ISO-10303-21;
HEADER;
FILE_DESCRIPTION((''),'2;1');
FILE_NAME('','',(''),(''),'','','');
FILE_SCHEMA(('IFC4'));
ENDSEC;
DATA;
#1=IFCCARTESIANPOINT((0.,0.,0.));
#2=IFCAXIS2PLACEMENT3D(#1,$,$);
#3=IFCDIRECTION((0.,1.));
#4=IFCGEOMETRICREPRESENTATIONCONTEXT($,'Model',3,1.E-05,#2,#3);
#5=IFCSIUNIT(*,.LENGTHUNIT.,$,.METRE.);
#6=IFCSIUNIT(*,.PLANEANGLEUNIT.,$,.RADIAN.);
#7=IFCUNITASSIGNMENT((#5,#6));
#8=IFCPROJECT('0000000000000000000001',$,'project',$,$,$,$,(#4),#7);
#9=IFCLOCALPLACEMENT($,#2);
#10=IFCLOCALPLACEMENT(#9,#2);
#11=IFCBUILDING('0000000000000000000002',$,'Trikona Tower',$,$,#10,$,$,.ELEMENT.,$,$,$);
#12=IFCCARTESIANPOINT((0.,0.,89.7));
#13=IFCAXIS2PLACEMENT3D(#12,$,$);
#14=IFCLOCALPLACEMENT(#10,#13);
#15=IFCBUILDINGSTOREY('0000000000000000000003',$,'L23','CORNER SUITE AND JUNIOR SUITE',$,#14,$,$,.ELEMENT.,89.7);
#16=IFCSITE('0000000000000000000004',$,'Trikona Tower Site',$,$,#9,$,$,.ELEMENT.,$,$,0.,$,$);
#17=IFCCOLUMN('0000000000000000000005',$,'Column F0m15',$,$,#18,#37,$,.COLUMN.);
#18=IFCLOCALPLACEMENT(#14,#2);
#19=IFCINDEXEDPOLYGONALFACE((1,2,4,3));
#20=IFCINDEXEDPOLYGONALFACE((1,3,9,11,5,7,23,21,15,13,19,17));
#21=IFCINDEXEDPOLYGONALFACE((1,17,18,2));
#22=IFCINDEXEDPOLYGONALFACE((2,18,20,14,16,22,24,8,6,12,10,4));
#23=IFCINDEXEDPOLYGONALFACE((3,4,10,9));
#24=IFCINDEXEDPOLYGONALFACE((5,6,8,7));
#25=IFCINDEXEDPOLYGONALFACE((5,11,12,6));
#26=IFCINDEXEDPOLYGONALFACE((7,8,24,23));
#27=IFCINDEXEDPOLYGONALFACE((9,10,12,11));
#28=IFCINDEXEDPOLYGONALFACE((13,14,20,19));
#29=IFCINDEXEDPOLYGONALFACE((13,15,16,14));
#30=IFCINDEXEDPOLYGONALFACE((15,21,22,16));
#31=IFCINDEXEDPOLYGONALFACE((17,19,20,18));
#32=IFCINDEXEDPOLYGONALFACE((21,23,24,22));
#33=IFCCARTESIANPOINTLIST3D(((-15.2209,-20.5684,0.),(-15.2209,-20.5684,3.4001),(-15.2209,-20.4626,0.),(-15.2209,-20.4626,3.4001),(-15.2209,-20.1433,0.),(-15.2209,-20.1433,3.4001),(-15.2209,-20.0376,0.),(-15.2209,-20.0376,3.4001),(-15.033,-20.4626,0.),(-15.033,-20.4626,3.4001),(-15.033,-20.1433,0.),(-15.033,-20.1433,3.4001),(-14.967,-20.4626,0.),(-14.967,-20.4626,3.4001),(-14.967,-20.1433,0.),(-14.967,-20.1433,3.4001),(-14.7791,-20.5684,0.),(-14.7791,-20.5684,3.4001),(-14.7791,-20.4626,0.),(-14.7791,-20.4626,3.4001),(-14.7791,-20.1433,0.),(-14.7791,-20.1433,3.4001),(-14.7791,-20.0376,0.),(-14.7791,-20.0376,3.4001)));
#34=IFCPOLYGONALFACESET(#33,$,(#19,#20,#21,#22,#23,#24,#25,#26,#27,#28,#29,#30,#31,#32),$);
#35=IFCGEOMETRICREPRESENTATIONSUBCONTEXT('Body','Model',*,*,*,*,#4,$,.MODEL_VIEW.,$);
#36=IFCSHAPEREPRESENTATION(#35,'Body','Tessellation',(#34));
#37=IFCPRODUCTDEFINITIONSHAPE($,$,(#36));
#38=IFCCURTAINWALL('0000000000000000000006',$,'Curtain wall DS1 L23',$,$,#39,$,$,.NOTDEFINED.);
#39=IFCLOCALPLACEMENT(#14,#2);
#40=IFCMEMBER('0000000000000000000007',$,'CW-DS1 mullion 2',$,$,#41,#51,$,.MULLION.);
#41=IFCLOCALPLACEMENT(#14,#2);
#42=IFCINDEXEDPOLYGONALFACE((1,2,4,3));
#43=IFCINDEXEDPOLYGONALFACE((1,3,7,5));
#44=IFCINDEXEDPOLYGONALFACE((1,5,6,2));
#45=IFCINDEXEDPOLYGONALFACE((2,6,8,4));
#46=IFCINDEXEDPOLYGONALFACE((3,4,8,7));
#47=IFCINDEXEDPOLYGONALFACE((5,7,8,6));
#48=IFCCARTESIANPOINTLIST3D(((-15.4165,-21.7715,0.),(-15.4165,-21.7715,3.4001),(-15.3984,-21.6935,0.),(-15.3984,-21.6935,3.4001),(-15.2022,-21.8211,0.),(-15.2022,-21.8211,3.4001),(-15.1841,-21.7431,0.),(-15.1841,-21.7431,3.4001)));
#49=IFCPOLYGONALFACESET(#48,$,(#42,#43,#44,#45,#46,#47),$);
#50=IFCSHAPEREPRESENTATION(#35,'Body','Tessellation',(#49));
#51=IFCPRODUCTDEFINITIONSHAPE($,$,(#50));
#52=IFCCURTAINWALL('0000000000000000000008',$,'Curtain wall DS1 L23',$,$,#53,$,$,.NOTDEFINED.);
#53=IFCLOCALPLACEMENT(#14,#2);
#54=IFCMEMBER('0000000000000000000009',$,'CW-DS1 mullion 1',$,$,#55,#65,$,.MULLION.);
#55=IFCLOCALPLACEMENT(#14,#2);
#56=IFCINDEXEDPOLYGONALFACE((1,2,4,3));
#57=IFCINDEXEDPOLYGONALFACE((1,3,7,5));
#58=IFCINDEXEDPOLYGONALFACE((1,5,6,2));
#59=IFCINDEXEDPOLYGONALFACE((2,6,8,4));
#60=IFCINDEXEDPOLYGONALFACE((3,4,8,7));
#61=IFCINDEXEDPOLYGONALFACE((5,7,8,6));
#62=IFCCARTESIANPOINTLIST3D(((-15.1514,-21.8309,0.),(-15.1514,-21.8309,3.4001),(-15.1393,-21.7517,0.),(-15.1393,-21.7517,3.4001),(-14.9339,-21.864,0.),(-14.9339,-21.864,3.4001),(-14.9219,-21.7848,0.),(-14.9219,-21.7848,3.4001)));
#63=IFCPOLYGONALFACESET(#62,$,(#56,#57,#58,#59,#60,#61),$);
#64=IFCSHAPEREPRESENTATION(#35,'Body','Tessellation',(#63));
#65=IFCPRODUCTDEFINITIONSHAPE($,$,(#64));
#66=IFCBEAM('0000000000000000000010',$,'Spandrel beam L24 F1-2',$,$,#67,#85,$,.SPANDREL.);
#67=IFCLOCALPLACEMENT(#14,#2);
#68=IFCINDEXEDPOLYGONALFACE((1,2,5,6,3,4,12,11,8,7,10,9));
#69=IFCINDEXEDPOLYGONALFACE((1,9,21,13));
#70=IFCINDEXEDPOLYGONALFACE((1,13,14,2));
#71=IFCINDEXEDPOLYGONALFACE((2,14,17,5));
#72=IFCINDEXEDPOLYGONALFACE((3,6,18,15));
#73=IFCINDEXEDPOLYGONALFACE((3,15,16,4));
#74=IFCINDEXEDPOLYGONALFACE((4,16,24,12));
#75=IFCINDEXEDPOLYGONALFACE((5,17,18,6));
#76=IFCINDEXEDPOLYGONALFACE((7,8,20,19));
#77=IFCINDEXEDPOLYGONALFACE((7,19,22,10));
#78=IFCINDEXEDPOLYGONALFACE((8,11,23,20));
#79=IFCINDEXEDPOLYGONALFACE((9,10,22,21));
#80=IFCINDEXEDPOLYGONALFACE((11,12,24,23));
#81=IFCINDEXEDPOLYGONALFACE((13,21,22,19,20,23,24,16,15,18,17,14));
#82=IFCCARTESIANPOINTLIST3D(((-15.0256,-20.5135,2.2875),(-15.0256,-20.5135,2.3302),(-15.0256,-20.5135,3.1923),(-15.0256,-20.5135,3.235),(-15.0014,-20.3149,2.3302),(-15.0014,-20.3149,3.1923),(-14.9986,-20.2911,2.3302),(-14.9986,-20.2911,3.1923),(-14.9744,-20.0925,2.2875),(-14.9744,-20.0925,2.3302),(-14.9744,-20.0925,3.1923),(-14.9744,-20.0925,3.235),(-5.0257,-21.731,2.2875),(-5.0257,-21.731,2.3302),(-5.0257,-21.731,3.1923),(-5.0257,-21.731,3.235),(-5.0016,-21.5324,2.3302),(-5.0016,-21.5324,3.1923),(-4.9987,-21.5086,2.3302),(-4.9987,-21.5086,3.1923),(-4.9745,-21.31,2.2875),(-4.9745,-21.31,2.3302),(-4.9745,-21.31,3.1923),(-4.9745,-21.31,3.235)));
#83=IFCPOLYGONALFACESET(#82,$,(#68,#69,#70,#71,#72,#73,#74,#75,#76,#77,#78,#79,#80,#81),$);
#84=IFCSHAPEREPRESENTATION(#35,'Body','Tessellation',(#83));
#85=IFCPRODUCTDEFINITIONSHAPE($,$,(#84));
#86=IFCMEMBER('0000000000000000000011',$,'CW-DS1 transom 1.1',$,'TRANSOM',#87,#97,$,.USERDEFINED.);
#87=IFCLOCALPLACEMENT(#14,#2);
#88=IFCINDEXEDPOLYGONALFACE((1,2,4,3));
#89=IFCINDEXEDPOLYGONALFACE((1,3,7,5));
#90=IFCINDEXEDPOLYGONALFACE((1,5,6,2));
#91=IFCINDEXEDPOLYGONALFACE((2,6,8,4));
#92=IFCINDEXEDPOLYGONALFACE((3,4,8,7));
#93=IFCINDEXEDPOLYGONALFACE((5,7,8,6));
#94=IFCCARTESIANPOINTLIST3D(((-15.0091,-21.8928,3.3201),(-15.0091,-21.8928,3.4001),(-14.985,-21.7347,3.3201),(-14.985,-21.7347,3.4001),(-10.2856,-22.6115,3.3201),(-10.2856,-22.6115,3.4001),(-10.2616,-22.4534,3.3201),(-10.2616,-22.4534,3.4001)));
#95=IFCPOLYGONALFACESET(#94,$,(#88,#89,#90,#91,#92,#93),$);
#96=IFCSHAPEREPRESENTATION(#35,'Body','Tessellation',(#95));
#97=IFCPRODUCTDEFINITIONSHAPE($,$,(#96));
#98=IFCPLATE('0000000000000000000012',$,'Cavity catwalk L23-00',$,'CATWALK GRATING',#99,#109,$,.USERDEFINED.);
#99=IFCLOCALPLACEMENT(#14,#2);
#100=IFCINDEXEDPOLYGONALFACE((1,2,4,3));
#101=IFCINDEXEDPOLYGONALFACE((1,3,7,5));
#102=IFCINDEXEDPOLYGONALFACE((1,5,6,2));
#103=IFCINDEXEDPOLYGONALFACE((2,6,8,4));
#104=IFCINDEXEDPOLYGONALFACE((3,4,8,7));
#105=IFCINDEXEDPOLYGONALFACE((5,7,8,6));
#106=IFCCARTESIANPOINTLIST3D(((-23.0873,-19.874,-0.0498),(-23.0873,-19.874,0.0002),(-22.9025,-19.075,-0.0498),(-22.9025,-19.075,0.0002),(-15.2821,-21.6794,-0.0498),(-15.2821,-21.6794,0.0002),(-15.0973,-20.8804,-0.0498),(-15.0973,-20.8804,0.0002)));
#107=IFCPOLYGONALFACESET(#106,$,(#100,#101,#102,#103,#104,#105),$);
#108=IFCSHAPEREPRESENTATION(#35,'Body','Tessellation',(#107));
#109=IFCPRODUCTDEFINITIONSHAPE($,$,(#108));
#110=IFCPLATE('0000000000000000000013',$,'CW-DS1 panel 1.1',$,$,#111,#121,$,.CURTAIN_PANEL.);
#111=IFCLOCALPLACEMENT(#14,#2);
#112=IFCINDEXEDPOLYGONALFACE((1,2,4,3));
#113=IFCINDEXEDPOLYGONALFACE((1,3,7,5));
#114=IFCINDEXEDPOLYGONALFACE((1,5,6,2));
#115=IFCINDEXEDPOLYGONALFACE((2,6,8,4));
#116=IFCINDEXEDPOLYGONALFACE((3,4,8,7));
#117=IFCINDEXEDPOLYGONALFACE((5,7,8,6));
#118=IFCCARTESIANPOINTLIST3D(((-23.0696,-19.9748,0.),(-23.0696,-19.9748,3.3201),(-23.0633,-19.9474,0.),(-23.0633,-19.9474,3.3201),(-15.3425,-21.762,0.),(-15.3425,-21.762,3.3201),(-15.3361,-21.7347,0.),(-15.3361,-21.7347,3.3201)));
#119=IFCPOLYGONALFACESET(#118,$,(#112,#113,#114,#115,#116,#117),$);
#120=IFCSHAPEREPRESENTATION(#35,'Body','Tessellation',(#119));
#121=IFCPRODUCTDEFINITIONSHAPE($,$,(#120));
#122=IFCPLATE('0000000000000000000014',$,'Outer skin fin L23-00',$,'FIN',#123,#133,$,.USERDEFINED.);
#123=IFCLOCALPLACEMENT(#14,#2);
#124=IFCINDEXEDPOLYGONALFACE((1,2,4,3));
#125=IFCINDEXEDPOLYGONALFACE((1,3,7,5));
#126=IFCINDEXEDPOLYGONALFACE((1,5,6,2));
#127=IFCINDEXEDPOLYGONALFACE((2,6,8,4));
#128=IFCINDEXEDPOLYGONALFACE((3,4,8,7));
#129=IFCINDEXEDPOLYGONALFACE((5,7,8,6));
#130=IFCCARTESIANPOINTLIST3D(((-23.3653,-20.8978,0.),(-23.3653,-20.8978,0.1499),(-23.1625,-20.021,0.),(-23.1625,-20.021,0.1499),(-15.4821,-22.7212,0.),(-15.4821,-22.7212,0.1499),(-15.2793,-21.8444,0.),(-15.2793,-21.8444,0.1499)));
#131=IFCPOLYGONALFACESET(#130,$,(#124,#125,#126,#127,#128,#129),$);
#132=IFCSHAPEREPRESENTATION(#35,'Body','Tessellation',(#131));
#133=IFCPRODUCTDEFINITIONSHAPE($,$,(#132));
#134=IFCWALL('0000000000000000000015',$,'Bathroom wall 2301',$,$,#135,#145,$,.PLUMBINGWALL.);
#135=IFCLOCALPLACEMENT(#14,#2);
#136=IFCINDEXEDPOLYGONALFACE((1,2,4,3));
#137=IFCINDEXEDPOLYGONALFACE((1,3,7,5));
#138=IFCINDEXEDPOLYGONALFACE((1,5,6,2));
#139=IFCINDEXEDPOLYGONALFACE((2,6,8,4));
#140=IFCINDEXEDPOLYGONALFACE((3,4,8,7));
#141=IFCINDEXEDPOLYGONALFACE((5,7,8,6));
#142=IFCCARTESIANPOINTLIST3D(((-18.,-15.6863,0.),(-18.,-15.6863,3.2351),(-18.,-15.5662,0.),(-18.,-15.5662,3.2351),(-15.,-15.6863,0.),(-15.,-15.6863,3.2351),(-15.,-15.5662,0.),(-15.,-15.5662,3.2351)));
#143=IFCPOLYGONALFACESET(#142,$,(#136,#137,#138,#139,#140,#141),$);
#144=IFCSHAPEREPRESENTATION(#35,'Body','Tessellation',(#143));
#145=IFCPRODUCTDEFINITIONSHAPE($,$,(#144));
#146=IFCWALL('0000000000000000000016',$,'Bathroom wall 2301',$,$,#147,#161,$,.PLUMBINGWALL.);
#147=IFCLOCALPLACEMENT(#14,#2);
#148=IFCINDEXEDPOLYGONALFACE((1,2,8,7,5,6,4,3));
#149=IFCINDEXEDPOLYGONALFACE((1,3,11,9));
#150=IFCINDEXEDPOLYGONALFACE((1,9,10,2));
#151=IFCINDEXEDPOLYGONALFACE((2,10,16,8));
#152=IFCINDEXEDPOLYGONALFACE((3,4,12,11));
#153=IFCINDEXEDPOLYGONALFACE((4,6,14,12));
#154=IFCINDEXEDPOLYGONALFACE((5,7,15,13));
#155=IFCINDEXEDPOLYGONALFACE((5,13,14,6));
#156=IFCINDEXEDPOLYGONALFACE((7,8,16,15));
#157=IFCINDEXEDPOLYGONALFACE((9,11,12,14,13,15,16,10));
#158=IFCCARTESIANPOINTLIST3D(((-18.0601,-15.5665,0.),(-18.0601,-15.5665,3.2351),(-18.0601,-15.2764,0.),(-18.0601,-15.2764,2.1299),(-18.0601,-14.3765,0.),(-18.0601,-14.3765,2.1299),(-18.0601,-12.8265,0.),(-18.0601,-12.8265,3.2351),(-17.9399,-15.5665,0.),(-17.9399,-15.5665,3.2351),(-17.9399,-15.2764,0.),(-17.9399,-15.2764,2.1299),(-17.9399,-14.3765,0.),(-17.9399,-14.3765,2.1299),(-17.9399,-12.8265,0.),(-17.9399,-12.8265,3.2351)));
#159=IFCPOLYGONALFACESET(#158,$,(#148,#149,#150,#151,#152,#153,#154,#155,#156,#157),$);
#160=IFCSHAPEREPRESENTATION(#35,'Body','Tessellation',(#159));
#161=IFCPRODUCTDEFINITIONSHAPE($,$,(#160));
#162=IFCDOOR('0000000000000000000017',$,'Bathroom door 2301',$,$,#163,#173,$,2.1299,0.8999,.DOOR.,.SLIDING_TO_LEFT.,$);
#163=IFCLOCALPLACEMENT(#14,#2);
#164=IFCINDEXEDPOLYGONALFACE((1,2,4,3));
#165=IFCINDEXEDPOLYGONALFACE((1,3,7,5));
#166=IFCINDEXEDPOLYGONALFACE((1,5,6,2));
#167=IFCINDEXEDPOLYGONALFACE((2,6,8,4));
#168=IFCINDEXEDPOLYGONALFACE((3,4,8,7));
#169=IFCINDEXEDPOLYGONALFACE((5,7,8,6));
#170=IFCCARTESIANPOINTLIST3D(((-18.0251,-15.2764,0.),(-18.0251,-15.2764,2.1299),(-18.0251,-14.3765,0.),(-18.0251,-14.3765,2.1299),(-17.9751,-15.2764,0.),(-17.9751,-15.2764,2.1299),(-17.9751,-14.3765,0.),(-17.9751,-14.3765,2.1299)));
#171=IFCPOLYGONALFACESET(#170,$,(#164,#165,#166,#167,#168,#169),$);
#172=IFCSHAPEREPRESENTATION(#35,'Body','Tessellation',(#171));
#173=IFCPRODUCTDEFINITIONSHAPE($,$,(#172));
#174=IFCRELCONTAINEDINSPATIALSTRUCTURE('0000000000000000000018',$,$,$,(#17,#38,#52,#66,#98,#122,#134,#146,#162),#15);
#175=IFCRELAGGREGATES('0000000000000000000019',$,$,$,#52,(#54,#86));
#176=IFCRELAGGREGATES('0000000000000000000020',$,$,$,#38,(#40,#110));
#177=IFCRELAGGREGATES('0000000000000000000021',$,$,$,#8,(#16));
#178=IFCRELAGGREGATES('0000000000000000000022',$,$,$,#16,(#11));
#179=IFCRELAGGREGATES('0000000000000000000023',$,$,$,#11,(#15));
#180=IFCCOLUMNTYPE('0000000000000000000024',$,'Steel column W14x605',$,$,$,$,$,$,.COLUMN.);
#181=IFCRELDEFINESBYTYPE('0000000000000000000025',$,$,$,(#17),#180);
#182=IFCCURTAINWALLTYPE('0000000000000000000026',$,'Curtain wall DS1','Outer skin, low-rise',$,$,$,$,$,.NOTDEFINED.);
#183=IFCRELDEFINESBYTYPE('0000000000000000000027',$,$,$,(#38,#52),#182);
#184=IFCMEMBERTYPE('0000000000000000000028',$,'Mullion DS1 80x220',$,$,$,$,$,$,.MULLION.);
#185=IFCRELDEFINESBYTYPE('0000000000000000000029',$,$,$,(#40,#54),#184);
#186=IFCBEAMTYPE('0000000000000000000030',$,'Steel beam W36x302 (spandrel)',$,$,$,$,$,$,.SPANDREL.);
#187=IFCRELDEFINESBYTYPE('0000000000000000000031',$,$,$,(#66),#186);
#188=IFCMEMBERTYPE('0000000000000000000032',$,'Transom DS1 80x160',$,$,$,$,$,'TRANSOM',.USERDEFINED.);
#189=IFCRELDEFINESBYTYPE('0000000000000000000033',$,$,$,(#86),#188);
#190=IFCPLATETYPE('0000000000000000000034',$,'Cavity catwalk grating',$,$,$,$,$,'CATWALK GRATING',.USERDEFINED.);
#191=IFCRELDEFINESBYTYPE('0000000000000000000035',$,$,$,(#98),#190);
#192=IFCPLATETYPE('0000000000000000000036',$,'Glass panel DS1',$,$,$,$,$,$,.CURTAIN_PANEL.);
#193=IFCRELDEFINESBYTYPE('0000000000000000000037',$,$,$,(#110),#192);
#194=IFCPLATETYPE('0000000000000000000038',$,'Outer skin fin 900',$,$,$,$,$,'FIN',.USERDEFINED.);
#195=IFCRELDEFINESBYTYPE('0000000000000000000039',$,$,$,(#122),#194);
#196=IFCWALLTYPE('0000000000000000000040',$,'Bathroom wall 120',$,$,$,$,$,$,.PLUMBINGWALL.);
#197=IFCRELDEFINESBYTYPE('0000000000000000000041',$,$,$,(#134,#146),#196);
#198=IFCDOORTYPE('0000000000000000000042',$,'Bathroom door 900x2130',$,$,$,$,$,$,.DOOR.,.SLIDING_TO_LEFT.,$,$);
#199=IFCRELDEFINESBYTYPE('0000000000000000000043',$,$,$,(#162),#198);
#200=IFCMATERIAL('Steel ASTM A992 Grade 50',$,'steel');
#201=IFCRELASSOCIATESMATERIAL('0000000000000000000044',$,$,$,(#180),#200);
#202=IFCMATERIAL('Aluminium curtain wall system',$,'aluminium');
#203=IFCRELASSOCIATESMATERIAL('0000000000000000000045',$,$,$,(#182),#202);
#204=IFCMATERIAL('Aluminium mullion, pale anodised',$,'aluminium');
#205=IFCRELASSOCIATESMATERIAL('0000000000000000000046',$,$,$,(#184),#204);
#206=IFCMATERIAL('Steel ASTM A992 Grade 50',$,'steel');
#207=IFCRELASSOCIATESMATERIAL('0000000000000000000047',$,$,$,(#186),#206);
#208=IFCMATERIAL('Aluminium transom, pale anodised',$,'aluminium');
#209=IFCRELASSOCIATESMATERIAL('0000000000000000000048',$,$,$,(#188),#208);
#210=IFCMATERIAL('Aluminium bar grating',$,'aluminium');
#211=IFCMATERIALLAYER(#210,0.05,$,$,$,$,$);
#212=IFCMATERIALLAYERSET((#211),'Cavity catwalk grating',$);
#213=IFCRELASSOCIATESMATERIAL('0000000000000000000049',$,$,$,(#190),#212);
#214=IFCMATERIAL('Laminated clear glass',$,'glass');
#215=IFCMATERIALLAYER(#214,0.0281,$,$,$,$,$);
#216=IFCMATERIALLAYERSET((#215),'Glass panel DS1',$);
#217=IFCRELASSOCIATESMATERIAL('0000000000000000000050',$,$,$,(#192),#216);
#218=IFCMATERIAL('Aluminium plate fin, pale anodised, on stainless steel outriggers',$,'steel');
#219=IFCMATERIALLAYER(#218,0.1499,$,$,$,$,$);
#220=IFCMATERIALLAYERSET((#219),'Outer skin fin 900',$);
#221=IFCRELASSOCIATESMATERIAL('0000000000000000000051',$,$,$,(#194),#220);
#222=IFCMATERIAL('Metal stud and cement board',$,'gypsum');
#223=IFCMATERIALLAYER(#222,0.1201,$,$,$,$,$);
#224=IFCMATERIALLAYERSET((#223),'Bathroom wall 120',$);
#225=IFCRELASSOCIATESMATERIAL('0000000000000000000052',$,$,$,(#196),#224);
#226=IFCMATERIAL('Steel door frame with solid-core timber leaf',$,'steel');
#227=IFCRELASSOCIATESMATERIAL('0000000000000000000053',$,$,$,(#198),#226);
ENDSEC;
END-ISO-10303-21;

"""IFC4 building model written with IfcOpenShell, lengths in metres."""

from ifc_helpers import new_model, si_unit, direction, frame, frame_2d, origin, origin_2d, place, context, subcontext, project, spatial, rectangle, i_section, extrude, material, layer, layer_set, material_profile, profile_set, type_object, element, fill, aggregate, save


model = new_model("IFC4")

# Units and contexts
model_context = context("Model", 3, precision=1e-05, world=origin(), true_north=direction((0.0, 1.0)))
body_context = subcontext(model_context, "Body", "Model", "MODEL_VIEW")
ifc_project = project(units=[si_unit("LENGTHUNIT", "METRE"), si_unit("PLANEANGLEUNIT", "RADIAN")], contexts=[model_context])

# Site, building, storey
site_placement = place(None, origin())
site = spatial("IfcSite", under=ifc_project, at=site_placement, Name="Trikona Tower Site", CompositionType="ELEMENT", RefElevation=0.0)
building_placement = place(site_placement, origin())
building = spatial("IfcBuilding", under=site, at=building_placement, Name="Trikona Tower", CompositionType="ELEMENT")
storey_placement = place(building_placement, frame((0.0, 0.0, 89.7)))
storey = spatial("IfcBuildingStorey", under=building, at=storey_placement, Name="L23", Description="CORNER SUITE AND JUNIOR SUITE", CompositionType="ELEMENT", Elevation=89.7)

# Column
ifc_material_1 = material(Name="Steel ASTM A992 Grade 50", Category="steel")
ifc_material_profile_1 = material_profile(ifc_material_1, i_section(OverallWidth=0.4419, OverallDepth=0.5308, WebThickness=0.0659, FlangeThickness=0.1057, at=origin_2d()), Name="W14X605")
ifc_profile_set_1 = profile_set([ifc_material_profile_1], Name="Steel ASTM A992 Grade 50")
column_type = type_object("IfcColumnType", Name="Steel column W14x605", PredefinedType="COLUMN", material=ifc_profile_set_1)
column_placement = place(storey_placement, frame((-15.0, -20.303, 0.0), z_axis=(0.0, 0.0, 1.0), x_axis=(1.0, 0.0, 0.0)))
element("IfcColumn", 1, at=column_placement, inside=storey, type_object=column_type, Name="Column F0m15", PredefinedType="COLUMN", context=body_context, shape_type="SweptSolid", body=[
    extrude(i_section(OverallWidth=0.4419, OverallDepth=0.5308, WebThickness=0.0659, FlangeThickness=0.1057, at=origin_2d()), origin(), (0.0, 0.0, 1.0), 3.4001),
])

# Curtain walls, members
ifc_material_2 = material(Name="Aluminium curtain wall system", Category="aluminium")
curtain_wall_type = type_object("IfcCurtainWallType", Name="Curtain wall DS1", Description="Outer skin, low-rise", PredefinedType="NOTDEFINED", material=ifc_material_2)
curtain_wall_1_placement = place(storey_placement, origin())
curtain_wall_1 = element("IfcCurtainWall", 2, at=curtain_wall_1_placement, inside=storey, type_object=curtain_wall_type, Name="Curtain wall DS1 L23", PredefinedType="NOTDEFINED")
ifc_material_3 = material(Name="Aluminium mullion, pale anodised", Category="aluminium")
ifc_material_profile_2 = material_profile(ifc_material_3, rectangle(XDim=0.0801, YDim=0.22, at=origin_2d()), Name="MUL-DS1")
ifc_profile_set_2 = profile_set([ifc_material_profile_2], Name="Aluminium mullion, pale anodised")
member_type_1 = type_object("IfcMemberType", Name="Mullion DS1 80x220", PredefinedType="MULLION", material=ifc_profile_set_2)
member_1_placement = place(storey_placement, frame((-15.3003, -21.7573, 0.0), z_axis=(0.0, 0.0, 1.0), x_axis=(0.225343, 0.974279, 0.0)))
member_1 = element("IfcMember", 3, at=member_1_placement, type_object=member_type_1, Name="CW-DS1 mullion 2", PredefinedType="MULLION", context=body_context, shape_type="SweptSolid", body=[
    extrude(rectangle(XDim=0.0801, YDim=0.22, at=origin_2d()), origin(), (0.0, 0.0, 1.0), 3.4001),
])
curtain_wall_2_placement = place(storey_placement, origin())
curtain_wall_2 = element("IfcCurtainWall", 4, at=curtain_wall_2_placement, inside=storey, type_object=curtain_wall_type, Name="Curtain wall DS1 L23", PredefinedType="NOTDEFINED")
member_2_placement = place(storey_placement, frame((-15.0366, -21.8079, 0.0), z_axis=(0.0, 0.0, 1.0), x_axis=(0.150438, 0.988619, 0.0)))
member_2 = element("IfcMember", 5, at=member_2_placement, type_object=member_type_1, Name="CW-DS1 mullion 1", PredefinedType="MULLION", context=body_context, shape_type="SweptSolid", body=[
    extrude(rectangle(XDim=0.0801, YDim=0.22, at=origin_2d()), origin(), (0.0, 0.0, 1.0), 3.4001),
])

# Beam
ifc_material_4 = material(Name="Steel ASTM A992 Grade 50", Category="steel")
ifc_material_profile_3 = material_profile(ifc_material_4, i_section(OverallWidth=0.4241, OverallDepth=0.9475, WebThickness=0.0239, FlangeThickness=0.0427, at=origin_2d()), Name="W36X302")
ifc_profile_set_3 = profile_set([ifc_material_profile_3], Name="Steel ASTM A992 Grade 50")
beam_type = type_object("IfcBeamType", Name="Steel beam W36x302 (spandrel)", PredefinedType="SPANDREL", material=ifc_profile_set_3)
beam_placement = place(storey_placement, frame((-15.0, -20.303, 2.7612), z_axis=(0.99267, -0.12086, 0.0), x_axis=(0.12086, 0.99267, 0.0)))
element("IfcBeam", 6, at=beam_placement, inside=storey, type_object=beam_type, Name="Spandrel beam L24 F1-2", PredefinedType="SPANDREL", context=body_context, shape_type="SweptSolid", body=[
    extrude(i_section(OverallWidth=0.4241, OverallDepth=0.9475, WebThickness=0.0239, FlangeThickness=0.0427, at=origin_2d()), origin(), (0.0, 0.0, 1.0), 10.0737),
])

# Member
ifc_material_5 = material(Name="Aluminium transom, pale anodised", Category="aluminium")
ifc_material_profile_4 = material_profile(ifc_material_5, rectangle(XDim=0.1599, YDim=0.0801, at=origin_2d()), Name="TRN-DS1")
ifc_profile_set_4 = profile_set([ifc_material_profile_4], Name="Aluminium transom, pale anodised")
member_type_2 = type_object("IfcMemberType", Name="Transom DS1 80x160", ElementType="TRANSOM", PredefinedType="USERDEFINED", material=ifc_profile_set_4)
member_3_placement = place(storey_placement, frame((-14.9971, -21.8137, 3.3601), z_axis=(0.98862, -0.150437, 0.0), x_axis=(0.150437, 0.98862, 0.0)))
member_3 = element("IfcMember", 7, at=member_3_placement, type_object=member_type_2, Name="CW-DS1 transom 1.1", ObjectType="TRANSOM", PredefinedType="USERDEFINED", context=body_context, shape_type="SweptSolid", body=[
    extrude(rectangle(XDim=0.1599, YDim=0.0801, at=origin_2d()), origin(), (0.0, 0.0, 1.0), 4.7778),
])
aggregate(curtain_wall_2, [member_2, member_3])

# Plates
ifc_material_6 = material(Name="Aluminium bar grating", Category="aluminium")
ifc_layer_1 = layer(ifc_material_6, 0.05)
ifc_layer_set_1 = layer_set([ifc_layer_1], Name="Cavity catwalk grating")
plate_type_1 = type_object("IfcPlateType", Name="Cavity catwalk grating", ElementType="CATWALK GRATING", PredefinedType="USERDEFINED", material=ifc_layer_set_1)
plate_1_placement = place(storey_placement, frame((-19.0923, -20.3772, -0.0498), z_axis=(0.0, 0.0, 1.0), x_axis=(0.974278, -0.225351, 0.0)))
element("IfcPlate", 8, at=plate_1_placement, inside=storey, type_object=plate_type_1, Name="Cavity catwalk L23-00", ObjectType="CATWALK GRATING", PredefinedType="USERDEFINED", context=body_context, shape_type="SweptSolid", body=[
    extrude(rectangle(XDim=8.0112, YDim=0.8201, at=origin_2d()), origin(), (0.0, 0.0, 1.0), 0.05),
])
ifc_material_7 = material(Name="Laminated clear glass", Category="glass")
ifc_layer_2 = layer(ifc_material_7, 0.0281)
ifc_layer_set_2 = layer_set([ifc_layer_2], Name="Glass panel DS1")
plate_type_2 = type_object("IfcPlateType", Name="Glass panel DS1", PredefinedType="CURTAIN_PANEL", material=ifc_layer_set_2)
plate_2_placement = place(storey_placement, frame((-19.2029, -20.8547, 0.0), z_axis=(0.0, 0.0, 1.0), x_axis=(0.974279, -0.225343, 0.0)))
plate_2 = element("IfcPlate", 9, at=plate_2_placement, type_object=plate_type_2, Name="CW-DS1 panel 1.1", PredefinedType="CURTAIN_PANEL", context=body_context, shape_type="SweptSolid", body=[
    extrude(rectangle(XDim=7.9312, YDim=0.0281, at=origin_2d()), origin(), (0.0, 0.0, 1.0), 3.3201),
])
aggregate(curtain_wall_1, [member_1, plate_2])
ifc_material_8 = material(Name="Aluminium plate fin, pale anodised, on stainless steel outriggers", Category="steel")
ifc_layer_3 = layer(ifc_material_8, 0.1499)
ifc_layer_set_3 = layer_set([ifc_layer_3], Name="Outer skin fin 900")
plate_type_3 = type_object("IfcPlateType", Name="Outer skin fin 900", ElementType="FIN", PredefinedType="USERDEFINED", material=ifc_layer_set_3)
plate_3_placement = place(storey_placement, frame((-19.3223, -21.3711, 0.0), z_axis=(0.0, 0.0, 1.0), x_axis=(0.974278, -0.225351, 0.0)))
element("IfcPlate", 10, at=plate_3_placement, inside=storey, type_object=plate_type_3, Name="Outer skin fin L23-00", ObjectType="FIN", PredefinedType="USERDEFINED", context=body_context, shape_type="SweptSolid", body=[
    extrude(rectangle(XDim=8.0913, YDim=0.8999, at=origin_2d()), origin(), (0.0, 0.0, 1.0), 0.1499),
])

# Wall
ifc_material_9 = material(Name="Metal stud and cement board", Category="gypsum")
ifc_layer_4 = layer(ifc_material_9, 0.1201)
ifc_layer_set_4 = layer_set([ifc_layer_4], Name="Bathroom wall 120")
wall_type_1 = type_object("IfcWallType", Name="Bathroom wall 120", PredefinedType="PLUMBINGWALL", material=ifc_layer_set_4)
wall_1_placement = place(storey_placement, frame((-18.0, -15.6262, 0.0), z_axis=(0.0, 0.0, 1.0), x_axis=(1.0, 0.0, 0.0)))
element("IfcWall", 11, at=wall_1_placement, inside=storey, type_object=wall_type_1, Name="Bathroom wall 2301", PredefinedType="PLUMBINGWALL", context=body_context, shape_type="SweptSolid", body=[
    extrude(rectangle(XDim=3.0, YDim=0.1201, at=frame_2d((1.5, 0.0))), origin(), (0.0, 0.0, 1.0), 3.2351),
])

# Wall, opening, door
wall_2_placement = place(storey_placement, frame((-18.0, -12.8264, 0.0), z_axis=(0.0, 0.0, 1.0), x_axis=(0.0, -1.0, 0.0)))
wall_2 = element("IfcWall", 12, at=wall_2_placement, inside=storey, type_object=wall_type_1, Name="Bathroom wall 2301", PredefinedType="PLUMBINGWALL", context=body_context, shape_type="SweptSolid", body=[
    extrude(rectangle(XDim=2.74, YDim=0.1201, at=frame_2d((1.3701, 0.0))), origin(), (0.0, 0.0, 1.0), 3.2351),
])
opening_placement = place(wall_2_placement, frame((1.55, 0.0, 0.0)))
opening = element("IfcOpeningElement", 13, at=opening_placement, cuts=wall_2, PredefinedType="OPENING", context=body_context, shape_type="SweptSolid", body=[
    extrude(rectangle(XDim=0.8999, YDim=2.1299, at=frame_2d((0.45, 1.0649))), frame((0.0, 0.0701, 0.0), z_axis=(0.0, -1.0, 0.0), x_axis=(1.0, 0.0, 0.0)), (0.0, 0.0, 1.0), 0.1401),
])
ifc_material_10 = material(Name="Steel door frame with solid-core timber leaf", Category="steel")
door_type = type_object("IfcDoorType", Name="Bathroom door 900x2130", OperationType="SLIDING_TO_LEFT", PredefinedType="DOOR", material=ifc_material_10)
door_placement = place(opening_placement, origin())
door = element("IfcDoor", 14, at=door_placement, inside=storey, type_object=door_type, Name="Bathroom door 2301", OperationType="SLIDING_TO_LEFT", OverallHeight=2.1299, OverallWidth=0.8999, PredefinedType="DOOR", context=body_context, shape_type="SweptSolid", body=[
    extrude(rectangle(XDim=0.8999, YDim=2.1299, at=frame_2d((0.45, 1.0649))), frame((0.0, 0.0249, 0.0), z_axis=(0.0, -1.0, 0.0), x_axis=(1.0, 0.0, 0.0)), (0.0, 0.0, 1.0), 0.05),
])
fill(opening, door)

save(model, "model.ifc")
